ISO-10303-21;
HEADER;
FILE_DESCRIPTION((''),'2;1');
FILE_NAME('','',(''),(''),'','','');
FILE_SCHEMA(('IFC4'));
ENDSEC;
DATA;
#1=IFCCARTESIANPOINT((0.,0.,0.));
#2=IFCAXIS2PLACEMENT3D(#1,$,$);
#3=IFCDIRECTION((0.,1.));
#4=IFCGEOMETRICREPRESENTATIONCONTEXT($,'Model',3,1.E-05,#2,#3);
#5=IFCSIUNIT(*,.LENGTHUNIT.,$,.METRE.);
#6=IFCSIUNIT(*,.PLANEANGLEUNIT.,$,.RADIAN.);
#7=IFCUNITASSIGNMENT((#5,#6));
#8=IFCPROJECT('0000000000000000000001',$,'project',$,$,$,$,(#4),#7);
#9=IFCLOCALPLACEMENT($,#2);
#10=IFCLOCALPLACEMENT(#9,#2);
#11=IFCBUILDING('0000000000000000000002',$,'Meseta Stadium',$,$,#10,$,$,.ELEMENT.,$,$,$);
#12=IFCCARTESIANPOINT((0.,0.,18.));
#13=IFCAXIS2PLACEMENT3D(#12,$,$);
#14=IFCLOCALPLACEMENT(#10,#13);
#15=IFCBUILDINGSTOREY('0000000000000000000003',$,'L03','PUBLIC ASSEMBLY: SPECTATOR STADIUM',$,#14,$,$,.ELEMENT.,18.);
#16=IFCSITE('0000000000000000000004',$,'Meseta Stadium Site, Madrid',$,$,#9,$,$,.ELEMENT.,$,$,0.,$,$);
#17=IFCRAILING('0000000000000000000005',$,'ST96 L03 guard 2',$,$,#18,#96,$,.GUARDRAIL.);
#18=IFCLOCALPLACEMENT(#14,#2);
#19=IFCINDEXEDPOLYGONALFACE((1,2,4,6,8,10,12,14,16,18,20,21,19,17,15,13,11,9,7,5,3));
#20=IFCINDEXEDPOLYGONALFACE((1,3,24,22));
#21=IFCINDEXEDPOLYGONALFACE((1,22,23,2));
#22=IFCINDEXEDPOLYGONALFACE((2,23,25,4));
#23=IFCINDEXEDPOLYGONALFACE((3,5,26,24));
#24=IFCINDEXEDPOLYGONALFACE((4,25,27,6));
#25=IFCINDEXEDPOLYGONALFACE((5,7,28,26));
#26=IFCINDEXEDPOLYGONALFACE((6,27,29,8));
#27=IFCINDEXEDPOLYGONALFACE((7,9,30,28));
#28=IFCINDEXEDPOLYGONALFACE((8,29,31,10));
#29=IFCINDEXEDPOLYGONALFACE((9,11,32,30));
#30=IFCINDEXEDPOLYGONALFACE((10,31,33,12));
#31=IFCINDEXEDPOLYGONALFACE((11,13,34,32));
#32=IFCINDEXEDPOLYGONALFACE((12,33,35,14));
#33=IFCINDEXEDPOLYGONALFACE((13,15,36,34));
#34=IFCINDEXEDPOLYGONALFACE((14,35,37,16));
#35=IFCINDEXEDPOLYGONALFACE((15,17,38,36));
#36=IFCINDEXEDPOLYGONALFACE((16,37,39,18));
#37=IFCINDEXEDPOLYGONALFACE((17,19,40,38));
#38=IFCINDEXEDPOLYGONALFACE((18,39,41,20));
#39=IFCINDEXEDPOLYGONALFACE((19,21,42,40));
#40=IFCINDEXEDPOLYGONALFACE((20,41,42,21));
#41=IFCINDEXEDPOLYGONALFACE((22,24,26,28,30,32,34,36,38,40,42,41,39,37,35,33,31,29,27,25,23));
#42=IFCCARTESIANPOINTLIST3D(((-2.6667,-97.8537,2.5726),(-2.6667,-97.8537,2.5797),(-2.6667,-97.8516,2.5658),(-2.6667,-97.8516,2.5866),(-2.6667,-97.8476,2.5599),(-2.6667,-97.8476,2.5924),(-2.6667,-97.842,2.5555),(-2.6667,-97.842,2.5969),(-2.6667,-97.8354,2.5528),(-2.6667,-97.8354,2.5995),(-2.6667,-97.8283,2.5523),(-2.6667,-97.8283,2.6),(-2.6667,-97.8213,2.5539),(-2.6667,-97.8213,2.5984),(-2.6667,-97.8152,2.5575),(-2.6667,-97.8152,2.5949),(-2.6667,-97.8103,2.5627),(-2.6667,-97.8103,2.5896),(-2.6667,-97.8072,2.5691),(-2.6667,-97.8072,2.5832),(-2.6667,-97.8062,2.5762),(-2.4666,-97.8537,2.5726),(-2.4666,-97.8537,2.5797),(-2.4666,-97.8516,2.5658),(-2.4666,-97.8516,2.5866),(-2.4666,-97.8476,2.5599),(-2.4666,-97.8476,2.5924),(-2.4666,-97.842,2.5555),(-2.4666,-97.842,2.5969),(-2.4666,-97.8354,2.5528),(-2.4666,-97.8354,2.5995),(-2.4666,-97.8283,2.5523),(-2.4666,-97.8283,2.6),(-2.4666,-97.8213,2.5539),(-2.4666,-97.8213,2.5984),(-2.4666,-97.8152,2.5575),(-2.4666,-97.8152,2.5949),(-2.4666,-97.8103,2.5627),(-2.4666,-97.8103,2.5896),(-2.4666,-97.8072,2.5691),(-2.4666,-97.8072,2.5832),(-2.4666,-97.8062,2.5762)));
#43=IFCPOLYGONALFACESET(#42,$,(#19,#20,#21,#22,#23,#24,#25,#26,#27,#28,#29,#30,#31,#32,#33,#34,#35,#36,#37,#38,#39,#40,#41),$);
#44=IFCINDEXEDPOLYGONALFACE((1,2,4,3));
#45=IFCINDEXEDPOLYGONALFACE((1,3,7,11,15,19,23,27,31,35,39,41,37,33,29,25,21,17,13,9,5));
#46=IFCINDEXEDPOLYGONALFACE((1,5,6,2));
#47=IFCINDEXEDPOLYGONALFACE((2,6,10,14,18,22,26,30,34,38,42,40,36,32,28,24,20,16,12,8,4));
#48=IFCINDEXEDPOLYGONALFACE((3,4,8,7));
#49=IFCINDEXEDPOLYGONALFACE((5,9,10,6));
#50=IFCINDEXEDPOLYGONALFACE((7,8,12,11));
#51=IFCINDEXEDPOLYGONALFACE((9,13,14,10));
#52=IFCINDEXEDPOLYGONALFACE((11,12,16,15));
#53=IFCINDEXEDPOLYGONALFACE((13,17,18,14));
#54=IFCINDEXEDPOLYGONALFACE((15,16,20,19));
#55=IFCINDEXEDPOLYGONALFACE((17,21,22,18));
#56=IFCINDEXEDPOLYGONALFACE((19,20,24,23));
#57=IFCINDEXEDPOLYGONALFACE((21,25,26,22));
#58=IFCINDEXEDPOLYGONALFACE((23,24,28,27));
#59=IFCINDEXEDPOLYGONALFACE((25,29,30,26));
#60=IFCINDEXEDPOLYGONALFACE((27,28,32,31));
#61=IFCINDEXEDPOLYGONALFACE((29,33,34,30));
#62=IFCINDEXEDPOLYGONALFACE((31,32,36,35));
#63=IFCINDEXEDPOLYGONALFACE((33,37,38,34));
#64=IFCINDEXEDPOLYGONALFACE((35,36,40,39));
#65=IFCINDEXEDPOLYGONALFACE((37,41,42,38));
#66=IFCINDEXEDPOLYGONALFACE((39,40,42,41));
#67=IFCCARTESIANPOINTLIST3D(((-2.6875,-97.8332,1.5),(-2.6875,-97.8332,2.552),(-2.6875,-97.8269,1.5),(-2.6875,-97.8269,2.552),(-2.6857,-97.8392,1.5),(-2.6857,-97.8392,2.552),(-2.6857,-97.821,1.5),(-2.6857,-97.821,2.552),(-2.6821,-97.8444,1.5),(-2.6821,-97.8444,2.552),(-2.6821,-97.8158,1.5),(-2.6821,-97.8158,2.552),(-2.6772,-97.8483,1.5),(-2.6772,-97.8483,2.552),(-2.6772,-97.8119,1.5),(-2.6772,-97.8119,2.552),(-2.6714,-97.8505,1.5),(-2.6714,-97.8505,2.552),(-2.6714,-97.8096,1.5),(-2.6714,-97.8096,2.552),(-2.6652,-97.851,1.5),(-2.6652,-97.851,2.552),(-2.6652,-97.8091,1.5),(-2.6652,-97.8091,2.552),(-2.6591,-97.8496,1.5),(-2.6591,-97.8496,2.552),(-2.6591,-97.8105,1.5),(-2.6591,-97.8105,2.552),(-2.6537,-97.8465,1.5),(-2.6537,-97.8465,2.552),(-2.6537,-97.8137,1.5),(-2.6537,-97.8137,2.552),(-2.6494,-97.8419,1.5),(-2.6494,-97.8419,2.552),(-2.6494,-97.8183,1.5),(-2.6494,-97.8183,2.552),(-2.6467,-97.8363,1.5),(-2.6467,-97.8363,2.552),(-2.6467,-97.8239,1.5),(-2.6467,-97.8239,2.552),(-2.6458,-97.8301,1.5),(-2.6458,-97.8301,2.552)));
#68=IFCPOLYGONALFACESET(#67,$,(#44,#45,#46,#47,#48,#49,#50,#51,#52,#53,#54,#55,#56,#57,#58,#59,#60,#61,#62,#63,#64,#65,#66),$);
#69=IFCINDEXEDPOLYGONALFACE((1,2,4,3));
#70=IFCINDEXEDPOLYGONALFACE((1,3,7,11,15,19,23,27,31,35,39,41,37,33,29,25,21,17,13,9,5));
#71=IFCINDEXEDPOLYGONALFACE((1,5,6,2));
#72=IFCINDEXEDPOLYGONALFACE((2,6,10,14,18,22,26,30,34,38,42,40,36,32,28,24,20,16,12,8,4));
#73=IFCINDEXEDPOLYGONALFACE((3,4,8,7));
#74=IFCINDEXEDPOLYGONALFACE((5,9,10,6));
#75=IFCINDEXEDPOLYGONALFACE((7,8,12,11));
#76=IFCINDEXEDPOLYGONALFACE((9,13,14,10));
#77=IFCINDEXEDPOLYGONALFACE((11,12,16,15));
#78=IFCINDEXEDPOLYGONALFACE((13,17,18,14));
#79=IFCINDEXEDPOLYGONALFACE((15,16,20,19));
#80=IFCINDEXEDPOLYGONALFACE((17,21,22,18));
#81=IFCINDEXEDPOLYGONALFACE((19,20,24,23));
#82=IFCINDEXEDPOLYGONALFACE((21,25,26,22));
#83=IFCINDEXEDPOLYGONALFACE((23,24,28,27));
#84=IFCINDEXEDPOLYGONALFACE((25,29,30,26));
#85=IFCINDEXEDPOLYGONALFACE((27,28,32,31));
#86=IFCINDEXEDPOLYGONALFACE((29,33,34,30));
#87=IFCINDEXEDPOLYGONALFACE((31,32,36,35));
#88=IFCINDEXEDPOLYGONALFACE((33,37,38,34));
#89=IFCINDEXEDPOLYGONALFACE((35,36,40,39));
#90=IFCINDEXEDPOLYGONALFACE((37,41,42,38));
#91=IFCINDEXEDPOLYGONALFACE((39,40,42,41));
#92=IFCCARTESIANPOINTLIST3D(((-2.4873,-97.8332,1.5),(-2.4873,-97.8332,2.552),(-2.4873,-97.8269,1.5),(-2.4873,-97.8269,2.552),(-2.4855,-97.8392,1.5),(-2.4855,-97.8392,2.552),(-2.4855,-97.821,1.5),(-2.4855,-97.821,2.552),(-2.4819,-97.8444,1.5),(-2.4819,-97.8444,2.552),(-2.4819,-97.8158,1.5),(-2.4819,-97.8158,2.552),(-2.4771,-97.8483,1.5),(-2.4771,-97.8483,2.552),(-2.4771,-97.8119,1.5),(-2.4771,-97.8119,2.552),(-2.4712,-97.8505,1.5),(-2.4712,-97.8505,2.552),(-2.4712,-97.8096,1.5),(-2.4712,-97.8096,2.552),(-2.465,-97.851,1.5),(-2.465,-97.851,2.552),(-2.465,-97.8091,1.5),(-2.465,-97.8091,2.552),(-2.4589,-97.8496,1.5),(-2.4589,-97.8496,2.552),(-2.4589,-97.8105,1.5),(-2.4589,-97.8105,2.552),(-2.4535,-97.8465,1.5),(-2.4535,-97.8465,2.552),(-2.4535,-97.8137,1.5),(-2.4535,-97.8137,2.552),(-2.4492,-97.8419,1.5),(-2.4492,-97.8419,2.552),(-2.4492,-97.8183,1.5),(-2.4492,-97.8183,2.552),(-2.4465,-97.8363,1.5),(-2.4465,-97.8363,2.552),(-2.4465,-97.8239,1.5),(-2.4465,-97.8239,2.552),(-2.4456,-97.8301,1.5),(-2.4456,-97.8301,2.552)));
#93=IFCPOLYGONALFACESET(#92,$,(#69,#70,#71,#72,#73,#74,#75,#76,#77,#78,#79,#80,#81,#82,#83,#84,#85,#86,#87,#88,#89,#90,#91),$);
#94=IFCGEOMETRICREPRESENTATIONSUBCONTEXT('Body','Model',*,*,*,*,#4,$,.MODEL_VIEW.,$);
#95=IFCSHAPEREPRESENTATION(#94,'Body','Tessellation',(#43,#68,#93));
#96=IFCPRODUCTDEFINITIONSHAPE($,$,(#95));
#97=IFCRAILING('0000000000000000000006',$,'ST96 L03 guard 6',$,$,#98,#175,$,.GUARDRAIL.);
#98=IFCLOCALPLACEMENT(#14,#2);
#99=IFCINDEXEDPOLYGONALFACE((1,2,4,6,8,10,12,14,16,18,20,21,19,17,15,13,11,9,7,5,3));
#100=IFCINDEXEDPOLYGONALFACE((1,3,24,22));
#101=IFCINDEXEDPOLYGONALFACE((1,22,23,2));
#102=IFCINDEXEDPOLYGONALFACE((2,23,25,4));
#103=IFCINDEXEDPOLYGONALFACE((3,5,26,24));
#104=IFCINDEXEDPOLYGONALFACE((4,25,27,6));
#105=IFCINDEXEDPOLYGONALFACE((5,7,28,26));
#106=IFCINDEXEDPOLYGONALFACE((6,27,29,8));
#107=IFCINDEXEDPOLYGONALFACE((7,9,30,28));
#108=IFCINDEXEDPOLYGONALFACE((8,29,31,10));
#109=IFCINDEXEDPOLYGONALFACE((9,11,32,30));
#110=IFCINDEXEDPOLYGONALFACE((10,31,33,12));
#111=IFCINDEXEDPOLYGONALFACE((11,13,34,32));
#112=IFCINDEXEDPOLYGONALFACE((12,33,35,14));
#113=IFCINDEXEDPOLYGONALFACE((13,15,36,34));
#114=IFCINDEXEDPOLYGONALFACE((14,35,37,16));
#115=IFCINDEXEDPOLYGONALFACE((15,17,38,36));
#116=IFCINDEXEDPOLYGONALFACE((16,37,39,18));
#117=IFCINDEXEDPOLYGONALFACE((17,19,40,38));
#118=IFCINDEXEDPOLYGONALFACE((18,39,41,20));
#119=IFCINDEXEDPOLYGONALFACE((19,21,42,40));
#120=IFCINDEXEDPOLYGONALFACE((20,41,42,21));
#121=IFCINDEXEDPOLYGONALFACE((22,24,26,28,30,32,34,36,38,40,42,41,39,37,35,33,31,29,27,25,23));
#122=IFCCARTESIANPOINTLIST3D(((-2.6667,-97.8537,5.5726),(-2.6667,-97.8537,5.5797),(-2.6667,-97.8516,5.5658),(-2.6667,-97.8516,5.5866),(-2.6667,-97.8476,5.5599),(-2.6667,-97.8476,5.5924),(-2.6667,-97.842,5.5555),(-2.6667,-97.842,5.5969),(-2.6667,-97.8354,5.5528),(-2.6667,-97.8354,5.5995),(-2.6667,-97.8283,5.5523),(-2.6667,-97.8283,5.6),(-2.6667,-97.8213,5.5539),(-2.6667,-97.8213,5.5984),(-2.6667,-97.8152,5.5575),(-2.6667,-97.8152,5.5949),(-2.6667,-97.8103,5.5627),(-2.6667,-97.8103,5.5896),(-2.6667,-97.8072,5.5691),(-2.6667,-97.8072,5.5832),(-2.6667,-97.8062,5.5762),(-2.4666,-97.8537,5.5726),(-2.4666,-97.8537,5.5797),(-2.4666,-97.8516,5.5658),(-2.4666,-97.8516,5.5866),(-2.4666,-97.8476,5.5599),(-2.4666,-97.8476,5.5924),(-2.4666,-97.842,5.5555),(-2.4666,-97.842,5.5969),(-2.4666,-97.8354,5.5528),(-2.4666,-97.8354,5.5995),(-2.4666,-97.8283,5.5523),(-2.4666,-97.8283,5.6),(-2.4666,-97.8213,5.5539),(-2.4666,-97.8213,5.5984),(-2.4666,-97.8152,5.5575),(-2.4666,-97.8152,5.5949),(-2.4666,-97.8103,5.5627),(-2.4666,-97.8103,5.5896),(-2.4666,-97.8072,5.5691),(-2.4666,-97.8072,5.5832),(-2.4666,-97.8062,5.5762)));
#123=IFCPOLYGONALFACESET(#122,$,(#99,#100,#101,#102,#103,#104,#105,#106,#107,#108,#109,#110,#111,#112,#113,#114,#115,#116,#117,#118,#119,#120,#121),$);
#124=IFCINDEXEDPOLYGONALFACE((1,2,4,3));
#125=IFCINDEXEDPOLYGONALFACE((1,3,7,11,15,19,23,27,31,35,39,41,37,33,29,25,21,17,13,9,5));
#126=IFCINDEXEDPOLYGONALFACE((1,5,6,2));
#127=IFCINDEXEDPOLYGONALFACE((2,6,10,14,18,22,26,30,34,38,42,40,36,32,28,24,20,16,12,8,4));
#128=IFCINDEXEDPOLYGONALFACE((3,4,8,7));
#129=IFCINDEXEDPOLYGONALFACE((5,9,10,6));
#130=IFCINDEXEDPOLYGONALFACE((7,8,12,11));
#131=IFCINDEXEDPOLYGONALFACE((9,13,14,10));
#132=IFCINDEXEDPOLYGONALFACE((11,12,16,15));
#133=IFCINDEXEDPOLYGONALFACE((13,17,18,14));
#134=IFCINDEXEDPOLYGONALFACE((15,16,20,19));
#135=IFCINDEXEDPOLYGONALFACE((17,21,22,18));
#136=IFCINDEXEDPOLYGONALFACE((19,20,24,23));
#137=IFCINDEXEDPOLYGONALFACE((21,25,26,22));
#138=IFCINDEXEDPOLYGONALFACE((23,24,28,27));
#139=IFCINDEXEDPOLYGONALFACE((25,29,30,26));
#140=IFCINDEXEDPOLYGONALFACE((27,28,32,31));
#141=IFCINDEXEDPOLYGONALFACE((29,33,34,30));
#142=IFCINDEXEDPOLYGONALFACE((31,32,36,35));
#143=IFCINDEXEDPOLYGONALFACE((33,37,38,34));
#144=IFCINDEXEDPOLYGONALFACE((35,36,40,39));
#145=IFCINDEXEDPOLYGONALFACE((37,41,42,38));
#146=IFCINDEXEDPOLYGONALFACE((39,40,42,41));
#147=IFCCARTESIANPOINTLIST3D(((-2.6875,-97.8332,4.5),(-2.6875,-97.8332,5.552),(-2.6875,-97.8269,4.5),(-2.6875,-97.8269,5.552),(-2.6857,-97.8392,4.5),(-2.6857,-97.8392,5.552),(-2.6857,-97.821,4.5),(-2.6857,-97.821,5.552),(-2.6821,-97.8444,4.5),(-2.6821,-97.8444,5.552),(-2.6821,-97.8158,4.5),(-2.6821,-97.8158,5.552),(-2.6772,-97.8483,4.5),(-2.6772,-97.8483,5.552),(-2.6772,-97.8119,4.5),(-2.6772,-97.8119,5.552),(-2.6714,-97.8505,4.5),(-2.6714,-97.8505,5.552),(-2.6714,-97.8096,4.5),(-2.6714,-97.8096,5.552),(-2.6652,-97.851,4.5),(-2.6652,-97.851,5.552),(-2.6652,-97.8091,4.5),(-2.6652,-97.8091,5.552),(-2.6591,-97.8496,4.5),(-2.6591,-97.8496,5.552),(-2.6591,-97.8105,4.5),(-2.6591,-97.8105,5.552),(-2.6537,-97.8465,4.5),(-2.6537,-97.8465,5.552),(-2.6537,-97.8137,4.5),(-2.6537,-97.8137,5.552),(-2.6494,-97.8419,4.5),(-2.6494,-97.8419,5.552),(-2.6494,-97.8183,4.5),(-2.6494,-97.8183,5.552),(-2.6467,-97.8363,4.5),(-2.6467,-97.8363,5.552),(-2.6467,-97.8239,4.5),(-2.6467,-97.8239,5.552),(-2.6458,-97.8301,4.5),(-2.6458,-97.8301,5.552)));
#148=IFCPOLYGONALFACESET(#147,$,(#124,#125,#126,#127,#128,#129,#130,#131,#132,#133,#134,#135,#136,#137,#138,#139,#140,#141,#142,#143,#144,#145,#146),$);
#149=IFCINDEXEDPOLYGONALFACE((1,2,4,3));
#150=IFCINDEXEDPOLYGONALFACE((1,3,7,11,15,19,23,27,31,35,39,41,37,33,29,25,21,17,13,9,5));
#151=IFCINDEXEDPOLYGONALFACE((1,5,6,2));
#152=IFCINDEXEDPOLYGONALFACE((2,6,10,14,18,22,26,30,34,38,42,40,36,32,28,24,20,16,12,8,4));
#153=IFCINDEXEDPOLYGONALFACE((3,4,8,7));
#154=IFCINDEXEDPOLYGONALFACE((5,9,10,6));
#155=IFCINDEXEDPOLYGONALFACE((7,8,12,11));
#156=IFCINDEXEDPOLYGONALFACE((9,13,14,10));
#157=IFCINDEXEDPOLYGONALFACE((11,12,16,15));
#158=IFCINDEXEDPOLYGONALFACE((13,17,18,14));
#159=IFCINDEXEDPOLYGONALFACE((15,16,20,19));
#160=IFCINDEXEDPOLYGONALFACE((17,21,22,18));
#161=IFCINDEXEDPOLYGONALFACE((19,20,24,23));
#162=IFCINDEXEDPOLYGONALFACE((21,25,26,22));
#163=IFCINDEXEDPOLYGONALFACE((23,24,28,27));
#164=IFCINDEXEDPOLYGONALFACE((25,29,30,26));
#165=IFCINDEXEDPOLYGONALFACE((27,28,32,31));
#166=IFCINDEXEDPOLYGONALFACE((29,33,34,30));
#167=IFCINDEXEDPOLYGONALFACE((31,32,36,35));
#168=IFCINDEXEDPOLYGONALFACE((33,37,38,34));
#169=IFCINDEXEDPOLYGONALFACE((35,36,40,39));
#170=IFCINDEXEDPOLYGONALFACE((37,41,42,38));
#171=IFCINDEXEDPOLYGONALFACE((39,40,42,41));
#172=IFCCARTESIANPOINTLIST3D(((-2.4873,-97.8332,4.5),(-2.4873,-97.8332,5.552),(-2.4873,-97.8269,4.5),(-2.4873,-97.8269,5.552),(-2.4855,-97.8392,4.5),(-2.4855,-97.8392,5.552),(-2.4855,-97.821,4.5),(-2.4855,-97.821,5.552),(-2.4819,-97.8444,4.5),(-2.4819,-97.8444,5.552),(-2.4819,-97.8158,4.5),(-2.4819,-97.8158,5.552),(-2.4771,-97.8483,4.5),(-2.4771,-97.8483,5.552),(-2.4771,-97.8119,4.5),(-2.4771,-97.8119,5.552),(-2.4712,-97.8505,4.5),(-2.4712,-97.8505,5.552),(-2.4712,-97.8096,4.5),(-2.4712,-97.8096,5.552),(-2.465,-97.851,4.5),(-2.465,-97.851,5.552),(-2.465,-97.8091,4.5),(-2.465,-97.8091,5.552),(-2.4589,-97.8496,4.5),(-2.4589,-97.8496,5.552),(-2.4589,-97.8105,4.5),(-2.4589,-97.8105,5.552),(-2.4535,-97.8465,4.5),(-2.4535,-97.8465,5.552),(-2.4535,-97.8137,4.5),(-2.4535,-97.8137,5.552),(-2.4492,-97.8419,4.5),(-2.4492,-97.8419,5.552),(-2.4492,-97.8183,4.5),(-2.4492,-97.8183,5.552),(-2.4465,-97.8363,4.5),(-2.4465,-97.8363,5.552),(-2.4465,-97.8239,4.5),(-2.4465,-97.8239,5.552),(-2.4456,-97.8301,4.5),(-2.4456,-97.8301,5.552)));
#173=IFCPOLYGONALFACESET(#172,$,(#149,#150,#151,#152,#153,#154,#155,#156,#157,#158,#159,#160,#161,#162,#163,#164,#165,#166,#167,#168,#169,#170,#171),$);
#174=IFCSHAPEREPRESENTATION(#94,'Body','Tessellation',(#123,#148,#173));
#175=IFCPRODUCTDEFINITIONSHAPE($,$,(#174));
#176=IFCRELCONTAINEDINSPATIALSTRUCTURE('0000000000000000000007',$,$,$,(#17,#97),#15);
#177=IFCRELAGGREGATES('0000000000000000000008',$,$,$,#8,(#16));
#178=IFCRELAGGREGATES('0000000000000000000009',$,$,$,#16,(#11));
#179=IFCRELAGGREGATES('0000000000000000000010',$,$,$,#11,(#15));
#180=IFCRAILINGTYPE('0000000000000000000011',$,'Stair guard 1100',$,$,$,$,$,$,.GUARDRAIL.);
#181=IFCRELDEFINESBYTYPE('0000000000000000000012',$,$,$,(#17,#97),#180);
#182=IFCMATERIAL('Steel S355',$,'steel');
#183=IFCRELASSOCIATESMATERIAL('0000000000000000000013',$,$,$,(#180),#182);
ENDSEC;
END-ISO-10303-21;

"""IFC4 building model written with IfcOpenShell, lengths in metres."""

from ifc_helpers import new_model, si_unit, direction, frame, origin, origin_2d, place, context, subcontext, project, spatial, circle, extrude, material, type_object, element, save


model = new_model("IFC4")

# Units and contexts
model_context = context("Model", 3, precision=1e-05, world=origin(), true_north=direction((0.0, 1.0)))
body_context = subcontext(model_context, "Body", "Model", "MODEL_VIEW")
ifc_project = project(units=[si_unit("LENGTHUNIT", "METRE"), si_unit("PLANEANGLEUNIT", "RADIAN")], contexts=[model_context])

# Site, building, storey
site_placement = place(None, origin())
site = spatial("IfcSite", under=ifc_project, at=site_placement, Name="Meseta Stadium Site, Madrid", CompositionType="ELEMENT", RefElevation=0.0)
building_placement = place(site_placement, origin())
building = spatial("IfcBuilding", under=site, at=building_placement, Name="Meseta Stadium", CompositionType="ELEMENT")
storey_placement = place(building_placement, frame((0.0, 0.0, 18.0)))
storey = spatial("IfcBuildingStorey", under=building, at=storey_placement, Name="L03", Description="PUBLIC ASSEMBLY: SPECTATOR STADIUM", CompositionType="ELEMENT", Elevation=18.0)

# Railings
ifc_material_1 = material(Name="Steel S355", Category="steel")
railing_type_1 = type_object("IfcRailingType", Name="Stair guard 1100", PredefinedType="GUARDRAIL", material=ifc_material_1)
for number, where, name in (
    (1, (-2.6667, -97.8301, 1.5), "ST96 L03 guard 2"),
    (2, (-2.6667, -97.8301, 4.5), "ST96 L03 guard 6"),
):
    element("IfcRailing", number, at=place(storey_placement, frame(where)), inside=storey, type_object=railing_type_1, Name=name, PredefinedType="GUARDRAIL", context=body_context, shape_type="SweptSolid", body=[
        extrude(circle(Radius=0.0239, at=origin_2d()), frame((0.0, 0.0, 1.0762), z_axis=(1.0, 0.0, 0.0), x_axis=(0.0, 1.0, 0.0)), (0.0, 0.0, 1.0), 0.2002),
        extrude(circle(Radius=0.021, at=origin_2d()), origin(), (0.0, 0.0, 1.0), 1.052),
        extrude(circle(Radius=0.021, at=origin_2d()), frame((0.2002, 0.0, 0.0)), (0.0, 0.0, 1.0), 1.052),
    ])

save(model, "model.ifc")
